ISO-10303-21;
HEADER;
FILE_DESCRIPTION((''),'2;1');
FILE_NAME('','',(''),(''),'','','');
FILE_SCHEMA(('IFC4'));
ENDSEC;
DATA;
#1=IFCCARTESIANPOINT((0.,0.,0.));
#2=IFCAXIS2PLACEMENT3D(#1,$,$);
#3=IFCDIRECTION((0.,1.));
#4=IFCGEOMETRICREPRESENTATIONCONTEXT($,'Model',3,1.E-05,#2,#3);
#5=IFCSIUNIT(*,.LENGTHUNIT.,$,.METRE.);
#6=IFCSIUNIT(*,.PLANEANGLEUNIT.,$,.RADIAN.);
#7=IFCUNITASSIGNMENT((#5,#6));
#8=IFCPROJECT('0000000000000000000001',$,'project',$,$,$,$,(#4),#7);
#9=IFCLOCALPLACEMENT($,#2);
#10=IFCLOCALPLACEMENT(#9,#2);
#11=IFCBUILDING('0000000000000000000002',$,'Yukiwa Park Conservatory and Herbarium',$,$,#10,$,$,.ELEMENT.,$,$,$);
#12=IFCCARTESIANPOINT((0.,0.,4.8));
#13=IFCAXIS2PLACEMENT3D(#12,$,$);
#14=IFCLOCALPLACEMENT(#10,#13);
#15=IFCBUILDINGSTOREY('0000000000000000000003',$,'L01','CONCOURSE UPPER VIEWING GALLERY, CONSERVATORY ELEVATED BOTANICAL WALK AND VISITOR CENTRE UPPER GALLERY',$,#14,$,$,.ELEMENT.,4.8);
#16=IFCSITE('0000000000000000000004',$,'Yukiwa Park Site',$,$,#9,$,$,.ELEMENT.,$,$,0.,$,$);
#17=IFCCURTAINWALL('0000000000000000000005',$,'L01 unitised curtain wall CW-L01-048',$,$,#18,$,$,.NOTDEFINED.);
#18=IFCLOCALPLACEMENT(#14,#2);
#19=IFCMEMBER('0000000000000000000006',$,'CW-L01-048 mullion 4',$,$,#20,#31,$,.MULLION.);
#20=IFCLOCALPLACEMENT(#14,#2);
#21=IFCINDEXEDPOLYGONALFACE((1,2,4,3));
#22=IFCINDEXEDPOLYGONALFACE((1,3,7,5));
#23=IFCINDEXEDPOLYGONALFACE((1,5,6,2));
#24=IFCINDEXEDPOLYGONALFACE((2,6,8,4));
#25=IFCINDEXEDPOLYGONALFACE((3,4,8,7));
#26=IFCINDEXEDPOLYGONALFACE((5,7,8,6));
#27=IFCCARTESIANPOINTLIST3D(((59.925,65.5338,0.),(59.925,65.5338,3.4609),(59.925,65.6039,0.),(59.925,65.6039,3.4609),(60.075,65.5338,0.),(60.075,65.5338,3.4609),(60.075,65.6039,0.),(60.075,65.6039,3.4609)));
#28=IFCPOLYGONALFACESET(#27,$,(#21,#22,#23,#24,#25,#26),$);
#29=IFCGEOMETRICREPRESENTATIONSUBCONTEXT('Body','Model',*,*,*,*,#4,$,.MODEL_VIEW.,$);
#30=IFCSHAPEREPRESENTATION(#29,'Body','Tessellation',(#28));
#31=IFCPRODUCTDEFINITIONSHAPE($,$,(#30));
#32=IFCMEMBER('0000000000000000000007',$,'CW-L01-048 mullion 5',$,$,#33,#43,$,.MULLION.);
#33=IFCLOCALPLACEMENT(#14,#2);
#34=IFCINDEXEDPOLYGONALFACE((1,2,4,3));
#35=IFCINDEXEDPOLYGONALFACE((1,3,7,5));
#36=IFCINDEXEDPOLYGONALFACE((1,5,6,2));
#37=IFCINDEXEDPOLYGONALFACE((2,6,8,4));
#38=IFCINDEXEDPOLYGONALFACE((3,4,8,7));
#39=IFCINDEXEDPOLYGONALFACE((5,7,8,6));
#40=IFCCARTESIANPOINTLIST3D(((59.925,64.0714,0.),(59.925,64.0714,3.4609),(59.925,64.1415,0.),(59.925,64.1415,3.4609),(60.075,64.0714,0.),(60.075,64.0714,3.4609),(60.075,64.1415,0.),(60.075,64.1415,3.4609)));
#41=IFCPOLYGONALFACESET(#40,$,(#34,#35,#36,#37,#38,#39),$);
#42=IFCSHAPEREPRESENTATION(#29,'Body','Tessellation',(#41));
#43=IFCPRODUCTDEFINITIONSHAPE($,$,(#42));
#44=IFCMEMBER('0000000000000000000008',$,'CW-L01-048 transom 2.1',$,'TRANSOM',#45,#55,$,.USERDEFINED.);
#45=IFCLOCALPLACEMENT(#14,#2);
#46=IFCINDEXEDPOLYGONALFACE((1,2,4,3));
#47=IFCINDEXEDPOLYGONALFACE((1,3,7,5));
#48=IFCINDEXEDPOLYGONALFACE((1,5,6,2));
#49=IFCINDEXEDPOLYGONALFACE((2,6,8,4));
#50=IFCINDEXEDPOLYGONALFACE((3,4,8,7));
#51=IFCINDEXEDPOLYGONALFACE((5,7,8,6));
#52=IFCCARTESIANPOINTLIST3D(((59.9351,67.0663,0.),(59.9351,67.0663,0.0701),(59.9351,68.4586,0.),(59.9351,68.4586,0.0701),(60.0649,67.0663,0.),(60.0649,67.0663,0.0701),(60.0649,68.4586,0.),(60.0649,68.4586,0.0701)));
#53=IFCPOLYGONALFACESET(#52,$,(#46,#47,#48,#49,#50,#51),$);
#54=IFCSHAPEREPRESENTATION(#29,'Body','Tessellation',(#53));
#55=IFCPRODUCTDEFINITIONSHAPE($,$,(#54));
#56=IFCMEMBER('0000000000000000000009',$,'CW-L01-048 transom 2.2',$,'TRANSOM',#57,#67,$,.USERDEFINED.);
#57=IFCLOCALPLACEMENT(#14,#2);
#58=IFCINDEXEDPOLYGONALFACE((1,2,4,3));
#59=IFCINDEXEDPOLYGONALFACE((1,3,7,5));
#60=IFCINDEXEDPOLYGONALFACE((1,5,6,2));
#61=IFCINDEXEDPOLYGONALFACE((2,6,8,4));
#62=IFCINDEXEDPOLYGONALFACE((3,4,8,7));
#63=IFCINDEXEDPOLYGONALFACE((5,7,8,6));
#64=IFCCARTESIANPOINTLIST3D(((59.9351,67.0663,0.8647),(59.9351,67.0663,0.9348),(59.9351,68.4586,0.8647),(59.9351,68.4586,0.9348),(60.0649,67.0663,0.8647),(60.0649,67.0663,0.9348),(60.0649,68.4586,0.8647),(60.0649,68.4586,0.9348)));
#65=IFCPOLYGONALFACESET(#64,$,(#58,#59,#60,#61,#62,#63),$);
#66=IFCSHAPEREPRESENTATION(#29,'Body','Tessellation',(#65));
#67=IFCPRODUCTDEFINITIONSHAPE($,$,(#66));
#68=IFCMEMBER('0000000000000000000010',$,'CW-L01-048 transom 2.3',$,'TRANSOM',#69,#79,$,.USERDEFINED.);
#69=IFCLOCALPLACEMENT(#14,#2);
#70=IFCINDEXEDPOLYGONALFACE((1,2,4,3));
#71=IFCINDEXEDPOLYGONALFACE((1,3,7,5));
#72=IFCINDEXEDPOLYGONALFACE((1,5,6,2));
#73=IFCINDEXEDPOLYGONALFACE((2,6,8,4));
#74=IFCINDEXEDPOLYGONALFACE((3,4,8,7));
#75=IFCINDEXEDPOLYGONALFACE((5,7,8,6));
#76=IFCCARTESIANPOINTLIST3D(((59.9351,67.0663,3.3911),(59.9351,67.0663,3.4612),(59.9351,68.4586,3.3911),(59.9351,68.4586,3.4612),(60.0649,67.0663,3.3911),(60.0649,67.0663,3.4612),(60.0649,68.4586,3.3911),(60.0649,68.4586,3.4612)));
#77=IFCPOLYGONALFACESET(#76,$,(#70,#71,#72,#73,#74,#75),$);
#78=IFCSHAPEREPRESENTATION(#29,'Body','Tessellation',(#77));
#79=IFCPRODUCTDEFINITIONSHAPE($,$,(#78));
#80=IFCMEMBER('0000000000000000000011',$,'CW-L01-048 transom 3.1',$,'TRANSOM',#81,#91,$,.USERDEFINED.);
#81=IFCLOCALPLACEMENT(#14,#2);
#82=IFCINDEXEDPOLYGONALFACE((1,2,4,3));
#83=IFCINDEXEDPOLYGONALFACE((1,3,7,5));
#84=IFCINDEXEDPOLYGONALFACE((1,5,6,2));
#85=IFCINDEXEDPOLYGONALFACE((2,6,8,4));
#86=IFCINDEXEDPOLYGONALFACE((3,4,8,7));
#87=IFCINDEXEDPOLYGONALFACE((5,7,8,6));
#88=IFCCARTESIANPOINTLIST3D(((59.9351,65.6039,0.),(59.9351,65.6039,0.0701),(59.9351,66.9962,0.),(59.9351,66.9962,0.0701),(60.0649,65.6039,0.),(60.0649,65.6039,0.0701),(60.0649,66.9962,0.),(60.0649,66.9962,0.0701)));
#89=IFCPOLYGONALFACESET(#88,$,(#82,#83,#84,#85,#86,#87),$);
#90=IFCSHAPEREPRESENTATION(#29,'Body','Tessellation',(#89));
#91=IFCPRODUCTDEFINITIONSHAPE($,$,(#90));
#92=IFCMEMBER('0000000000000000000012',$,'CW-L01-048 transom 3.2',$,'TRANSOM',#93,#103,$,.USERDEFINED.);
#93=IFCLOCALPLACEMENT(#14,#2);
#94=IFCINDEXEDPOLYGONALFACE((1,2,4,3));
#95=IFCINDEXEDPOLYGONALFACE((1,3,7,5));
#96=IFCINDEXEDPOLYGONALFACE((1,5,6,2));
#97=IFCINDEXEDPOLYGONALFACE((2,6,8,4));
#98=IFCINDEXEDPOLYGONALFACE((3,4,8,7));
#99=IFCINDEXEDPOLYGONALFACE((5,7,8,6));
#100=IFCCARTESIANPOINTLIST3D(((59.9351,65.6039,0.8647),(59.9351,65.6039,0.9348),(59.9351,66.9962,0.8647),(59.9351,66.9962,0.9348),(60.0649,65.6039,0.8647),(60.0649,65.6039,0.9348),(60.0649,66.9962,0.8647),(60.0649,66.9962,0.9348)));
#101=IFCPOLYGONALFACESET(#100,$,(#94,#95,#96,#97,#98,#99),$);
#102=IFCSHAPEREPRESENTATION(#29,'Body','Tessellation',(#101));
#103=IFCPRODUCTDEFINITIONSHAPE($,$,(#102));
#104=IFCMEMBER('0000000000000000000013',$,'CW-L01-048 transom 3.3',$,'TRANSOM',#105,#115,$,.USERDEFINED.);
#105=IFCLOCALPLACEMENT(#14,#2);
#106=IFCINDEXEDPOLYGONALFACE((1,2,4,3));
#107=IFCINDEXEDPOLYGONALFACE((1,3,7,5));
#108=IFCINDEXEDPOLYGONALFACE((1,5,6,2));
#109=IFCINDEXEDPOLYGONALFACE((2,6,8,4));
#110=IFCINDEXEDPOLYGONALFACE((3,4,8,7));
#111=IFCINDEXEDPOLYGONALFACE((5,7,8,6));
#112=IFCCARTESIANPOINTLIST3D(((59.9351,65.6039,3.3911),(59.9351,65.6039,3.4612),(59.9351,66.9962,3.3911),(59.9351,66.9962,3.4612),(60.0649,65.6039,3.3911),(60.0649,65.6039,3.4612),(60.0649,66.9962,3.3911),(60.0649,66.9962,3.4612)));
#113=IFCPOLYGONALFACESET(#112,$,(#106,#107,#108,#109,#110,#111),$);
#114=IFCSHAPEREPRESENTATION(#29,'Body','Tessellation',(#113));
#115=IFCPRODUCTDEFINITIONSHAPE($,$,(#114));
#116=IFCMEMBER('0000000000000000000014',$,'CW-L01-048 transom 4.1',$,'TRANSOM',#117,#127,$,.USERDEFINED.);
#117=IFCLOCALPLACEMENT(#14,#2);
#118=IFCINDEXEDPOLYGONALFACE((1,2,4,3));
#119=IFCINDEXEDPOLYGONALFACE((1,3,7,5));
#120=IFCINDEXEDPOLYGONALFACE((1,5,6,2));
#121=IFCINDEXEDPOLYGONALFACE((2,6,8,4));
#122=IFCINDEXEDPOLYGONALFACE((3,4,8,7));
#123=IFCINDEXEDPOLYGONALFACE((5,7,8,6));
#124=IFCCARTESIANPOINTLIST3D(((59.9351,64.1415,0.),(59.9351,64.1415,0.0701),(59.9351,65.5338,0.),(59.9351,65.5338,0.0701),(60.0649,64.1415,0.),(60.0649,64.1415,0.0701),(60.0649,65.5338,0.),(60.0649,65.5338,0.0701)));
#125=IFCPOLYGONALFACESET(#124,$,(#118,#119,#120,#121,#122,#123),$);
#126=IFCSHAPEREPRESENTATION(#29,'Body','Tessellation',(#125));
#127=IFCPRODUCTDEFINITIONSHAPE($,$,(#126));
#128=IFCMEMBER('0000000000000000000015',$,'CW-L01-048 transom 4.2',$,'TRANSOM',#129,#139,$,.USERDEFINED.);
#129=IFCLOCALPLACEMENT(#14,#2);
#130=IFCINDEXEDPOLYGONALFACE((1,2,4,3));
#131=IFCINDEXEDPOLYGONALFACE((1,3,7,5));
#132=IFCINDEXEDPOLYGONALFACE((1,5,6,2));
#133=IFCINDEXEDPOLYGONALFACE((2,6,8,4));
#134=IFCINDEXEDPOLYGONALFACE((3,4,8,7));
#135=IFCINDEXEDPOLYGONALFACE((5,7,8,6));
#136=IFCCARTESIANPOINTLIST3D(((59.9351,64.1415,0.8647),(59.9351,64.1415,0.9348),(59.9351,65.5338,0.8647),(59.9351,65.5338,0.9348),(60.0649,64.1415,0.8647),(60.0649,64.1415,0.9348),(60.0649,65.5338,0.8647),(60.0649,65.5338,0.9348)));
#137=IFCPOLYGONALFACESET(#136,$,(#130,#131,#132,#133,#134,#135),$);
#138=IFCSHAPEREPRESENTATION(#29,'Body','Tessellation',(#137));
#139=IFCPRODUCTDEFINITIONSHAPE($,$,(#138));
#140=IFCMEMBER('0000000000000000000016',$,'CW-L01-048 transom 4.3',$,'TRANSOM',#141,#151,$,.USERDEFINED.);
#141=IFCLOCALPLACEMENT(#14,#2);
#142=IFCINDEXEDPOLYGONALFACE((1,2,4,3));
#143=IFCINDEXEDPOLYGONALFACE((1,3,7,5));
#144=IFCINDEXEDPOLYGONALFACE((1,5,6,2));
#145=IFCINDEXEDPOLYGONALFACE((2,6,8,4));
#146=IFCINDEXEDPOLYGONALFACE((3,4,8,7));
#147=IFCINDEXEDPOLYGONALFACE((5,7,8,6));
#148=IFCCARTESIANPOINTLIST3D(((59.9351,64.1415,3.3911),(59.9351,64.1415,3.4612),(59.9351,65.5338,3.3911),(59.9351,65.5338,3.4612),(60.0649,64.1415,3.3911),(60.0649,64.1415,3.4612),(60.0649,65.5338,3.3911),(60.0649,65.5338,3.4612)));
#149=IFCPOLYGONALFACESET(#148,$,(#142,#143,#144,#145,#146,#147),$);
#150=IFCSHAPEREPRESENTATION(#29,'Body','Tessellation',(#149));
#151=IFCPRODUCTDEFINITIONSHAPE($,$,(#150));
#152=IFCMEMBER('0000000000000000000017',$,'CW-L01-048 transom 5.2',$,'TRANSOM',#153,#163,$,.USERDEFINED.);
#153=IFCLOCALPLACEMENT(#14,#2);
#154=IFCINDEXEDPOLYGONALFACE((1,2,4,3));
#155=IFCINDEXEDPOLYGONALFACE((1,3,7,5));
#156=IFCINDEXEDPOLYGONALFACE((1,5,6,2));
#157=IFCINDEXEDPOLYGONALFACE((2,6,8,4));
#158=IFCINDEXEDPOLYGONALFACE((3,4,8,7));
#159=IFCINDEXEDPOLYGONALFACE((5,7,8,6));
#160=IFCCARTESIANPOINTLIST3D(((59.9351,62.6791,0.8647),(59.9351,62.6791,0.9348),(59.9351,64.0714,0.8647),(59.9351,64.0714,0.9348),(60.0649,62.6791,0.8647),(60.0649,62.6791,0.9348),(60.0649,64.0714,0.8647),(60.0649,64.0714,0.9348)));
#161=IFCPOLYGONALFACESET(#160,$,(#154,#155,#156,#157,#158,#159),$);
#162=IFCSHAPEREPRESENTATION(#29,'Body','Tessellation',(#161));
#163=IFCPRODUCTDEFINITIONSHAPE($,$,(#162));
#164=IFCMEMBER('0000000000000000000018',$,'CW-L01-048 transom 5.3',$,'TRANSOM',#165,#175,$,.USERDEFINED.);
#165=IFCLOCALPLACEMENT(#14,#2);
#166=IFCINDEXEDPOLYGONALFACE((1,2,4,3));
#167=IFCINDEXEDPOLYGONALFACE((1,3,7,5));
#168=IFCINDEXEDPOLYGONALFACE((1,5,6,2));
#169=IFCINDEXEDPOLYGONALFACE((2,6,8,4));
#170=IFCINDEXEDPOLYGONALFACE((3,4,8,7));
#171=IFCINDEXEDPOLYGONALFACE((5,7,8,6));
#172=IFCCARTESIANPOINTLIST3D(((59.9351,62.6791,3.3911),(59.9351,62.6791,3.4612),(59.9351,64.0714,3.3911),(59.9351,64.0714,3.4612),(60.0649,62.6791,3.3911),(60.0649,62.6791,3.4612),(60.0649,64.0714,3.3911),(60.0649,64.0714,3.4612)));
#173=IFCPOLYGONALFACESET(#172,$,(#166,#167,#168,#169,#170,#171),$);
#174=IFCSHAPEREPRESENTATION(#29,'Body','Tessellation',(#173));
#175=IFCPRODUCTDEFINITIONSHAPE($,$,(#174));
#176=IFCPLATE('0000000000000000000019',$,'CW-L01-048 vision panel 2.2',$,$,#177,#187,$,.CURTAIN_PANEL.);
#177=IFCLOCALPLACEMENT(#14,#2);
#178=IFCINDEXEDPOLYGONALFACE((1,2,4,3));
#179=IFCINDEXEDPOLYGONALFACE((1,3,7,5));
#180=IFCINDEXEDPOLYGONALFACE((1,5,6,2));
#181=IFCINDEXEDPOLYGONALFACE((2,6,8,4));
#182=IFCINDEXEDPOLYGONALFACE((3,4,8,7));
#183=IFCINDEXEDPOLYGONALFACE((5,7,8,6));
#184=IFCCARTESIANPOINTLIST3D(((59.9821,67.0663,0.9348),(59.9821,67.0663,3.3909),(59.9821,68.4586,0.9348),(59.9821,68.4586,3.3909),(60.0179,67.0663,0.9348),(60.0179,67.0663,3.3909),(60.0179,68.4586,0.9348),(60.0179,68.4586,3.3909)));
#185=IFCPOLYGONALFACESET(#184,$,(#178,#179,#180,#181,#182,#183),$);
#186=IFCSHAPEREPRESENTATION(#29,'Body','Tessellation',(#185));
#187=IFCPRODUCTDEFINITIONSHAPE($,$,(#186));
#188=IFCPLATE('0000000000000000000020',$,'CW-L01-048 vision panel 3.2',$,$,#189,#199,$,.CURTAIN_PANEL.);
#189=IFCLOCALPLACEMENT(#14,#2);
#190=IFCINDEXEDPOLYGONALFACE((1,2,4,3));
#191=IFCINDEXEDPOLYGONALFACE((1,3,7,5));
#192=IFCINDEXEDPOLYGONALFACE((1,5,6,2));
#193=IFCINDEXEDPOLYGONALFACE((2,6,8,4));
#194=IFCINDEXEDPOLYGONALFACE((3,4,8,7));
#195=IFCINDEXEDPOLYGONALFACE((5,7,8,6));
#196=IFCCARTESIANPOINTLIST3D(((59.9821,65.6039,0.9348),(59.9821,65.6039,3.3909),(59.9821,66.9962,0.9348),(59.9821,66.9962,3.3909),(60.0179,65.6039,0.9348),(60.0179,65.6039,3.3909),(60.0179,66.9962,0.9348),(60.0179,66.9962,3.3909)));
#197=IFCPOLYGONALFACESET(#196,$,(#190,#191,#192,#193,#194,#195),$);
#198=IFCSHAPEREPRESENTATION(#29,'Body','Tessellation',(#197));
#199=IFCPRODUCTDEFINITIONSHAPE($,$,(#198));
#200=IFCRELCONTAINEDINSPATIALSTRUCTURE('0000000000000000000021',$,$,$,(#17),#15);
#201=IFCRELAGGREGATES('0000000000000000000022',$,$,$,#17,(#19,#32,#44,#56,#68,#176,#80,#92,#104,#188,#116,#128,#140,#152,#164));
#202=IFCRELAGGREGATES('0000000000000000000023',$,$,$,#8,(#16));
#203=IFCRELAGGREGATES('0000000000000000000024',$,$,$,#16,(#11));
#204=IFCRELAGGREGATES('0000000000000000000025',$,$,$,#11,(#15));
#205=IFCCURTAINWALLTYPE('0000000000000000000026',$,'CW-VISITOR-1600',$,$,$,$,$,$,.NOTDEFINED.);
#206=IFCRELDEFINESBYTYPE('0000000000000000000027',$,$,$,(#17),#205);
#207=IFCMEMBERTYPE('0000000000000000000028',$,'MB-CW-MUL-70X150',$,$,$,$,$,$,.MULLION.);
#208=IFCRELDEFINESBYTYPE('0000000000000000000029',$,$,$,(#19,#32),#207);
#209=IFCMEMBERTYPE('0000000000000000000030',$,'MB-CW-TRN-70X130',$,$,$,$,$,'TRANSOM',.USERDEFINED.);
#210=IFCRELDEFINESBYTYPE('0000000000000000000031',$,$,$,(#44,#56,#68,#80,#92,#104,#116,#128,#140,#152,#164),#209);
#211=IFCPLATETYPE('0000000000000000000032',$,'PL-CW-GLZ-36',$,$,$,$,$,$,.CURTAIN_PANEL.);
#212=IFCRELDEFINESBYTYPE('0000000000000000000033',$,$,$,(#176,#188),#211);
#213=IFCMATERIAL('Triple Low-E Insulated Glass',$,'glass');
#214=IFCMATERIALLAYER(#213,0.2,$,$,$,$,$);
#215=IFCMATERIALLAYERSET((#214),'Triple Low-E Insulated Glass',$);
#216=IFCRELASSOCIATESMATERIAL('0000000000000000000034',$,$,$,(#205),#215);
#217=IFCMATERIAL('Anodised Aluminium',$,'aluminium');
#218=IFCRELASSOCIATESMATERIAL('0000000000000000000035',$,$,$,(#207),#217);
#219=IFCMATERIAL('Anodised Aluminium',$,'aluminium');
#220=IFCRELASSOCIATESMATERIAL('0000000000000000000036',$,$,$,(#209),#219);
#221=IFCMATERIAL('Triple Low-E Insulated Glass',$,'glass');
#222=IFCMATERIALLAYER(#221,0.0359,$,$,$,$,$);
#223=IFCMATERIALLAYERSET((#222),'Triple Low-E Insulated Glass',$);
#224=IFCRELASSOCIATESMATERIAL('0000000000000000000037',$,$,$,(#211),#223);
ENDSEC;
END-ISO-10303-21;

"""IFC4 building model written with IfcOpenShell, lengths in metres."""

from ifc_helpers import new_model, si_unit, direction, frame, origin, origin_2d, place, context, subcontext, project, spatial, rectangle, extrude, material, layer, layer_set, type_object, element, aggregate, save


model = new_model("IFC4")

# Units and contexts
model_context = context("Model", 3, precision=1e-05, world=origin(), true_north=direction((0.0, 1.0)))
body_context = subcontext(model_context, "Body", "Model", "MODEL_VIEW")
ifc_project = project(units=[si_unit("LENGTHUNIT", "METRE"), si_unit("PLANEANGLEUNIT", "RADIAN")], contexts=[model_context])

# Site, building, storey
site_placement = place(None, origin())
site = spatial("IfcSite", under=ifc_project, at=site_placement, Name="Yukiwa Park Site", CompositionType="ELEMENT", RefElevation=0.0)
building_placement = place(site_placement, origin())
building = spatial("IfcBuilding", under=site, at=building_placement, Name="Yukiwa Park Conservatory and Herbarium", CompositionType="ELEMENT")
storey_placement = place(building_placement, frame((0.0, 0.0, 4.8)))
storey = spatial("IfcBuildingStorey", under=building, at=storey_placement, Name="L01", Description="CONCOURSE UPPER VIEWING GALLERY, CONSERVATORY ELEVATED BOTANICAL WALK AND VISITOR CENTRE UPPER GALLERY", CompositionType="ELEMENT", Elevation=4.8)

# Curtain wall, members, plates
ifc_material_1 = material(Name="Triple Low-E Insulated Glass", Category="glass")
ifc_layer_1 = layer(ifc_material_1, 0.2)
ifc_layer_set_1 = layer_set([ifc_layer_1], Name="Triple Low-E Insulated Glass")
curtain_wall_type = type_object("IfcCurtainWallType", Name="CW-VISITOR-1600", PredefinedType="NOTDEFINED", material=ifc_layer_set_1)
curtain_wall_placement = place(storey_placement, origin())
curtain_wall = element("IfcCurtainWall", 1, at=curtain_wall_placement, inside=storey, type_object=curtain_wall_type, Name="L01 unitised curtain wall CW-L01-048", PredefinedType="NOTDEFINED")
ifc_material_2 = material(Name="Anodised Aluminium", Category="aluminium")
member_type_1 = type_object("IfcMemberType", Name="MB-CW-MUL-70X150", PredefinedType="MULLION", material=ifc_material_2)
member_1_placement = place(storey_placement, frame((60.0, 65.5688, 0.0), z_axis=(0.0, 0.0, 1.0), x_axis=(0.0, -1.0, 0.0)))
member_1 = element("IfcMember", 2, at=member_1_placement, type_object=member_type_1, Name="CW-L01-048 mullion 4", PredefinedType="MULLION", context=body_context, shape_type="SweptSolid", body=[
    extrude(rectangle(XDim=0.0701, YDim=0.1499, at=origin_2d()), origin(), (0.0, 0.0, 1.0), 3.4609),
])
member_2_placement = place(storey_placement, frame((60.0, 64.1064, 0.0), z_axis=(0.0, 0.0, 1.0), x_axis=(0.0, -1.0, 0.0)))
member_2 = element("IfcMember", 3, at=member_2_placement, type_object=member_type_1, Name="CW-L01-048 mullion 5", PredefinedType="MULLION", context=body_context, shape_type="SweptSolid", body=[
    extrude(rectangle(XDim=0.0701, YDim=0.1499, at=origin_2d()), origin(), (0.0, 0.0, 1.0), 3.4609),
])
ifc_material_3 = material(Name="Anodised Aluminium", Category="aluminium")
member_type_2 = type_object("IfcMemberType", Name="MB-CW-TRN-70X130", ElementType="TRANSOM", PredefinedType="USERDEFINED", material=ifc_material_3)
member_3_placement = place(storey_placement, frame((60.0, 67.7625, 0.0), z_axis=(0.0, 0.0, 1.0), x_axis=(0.0, -1.0, 0.0)))
member_3 = element("IfcMember", 4, at=member_3_placement, type_object=member_type_2, Name="CW-L01-048 transom 2.1", ObjectType="TRANSOM", PredefinedType="USERDEFINED", context=body_context, shape_type="SweptSolid", body=[
    extrude(rectangle(XDim=1.3923, YDim=0.1299, at=origin_2d()), origin(), (0.0, 0.0, 1.0), 0.0701),
])
member_4_placement = place(storey_placement, frame((60.0, 67.7625, 0.8647), z_axis=(0.0, 0.0, 1.0), x_axis=(0.0, -1.0, 0.0)))
member_4 = element("IfcMember", 5, at=member_4_placement, type_object=member_type_2, Name="CW-L01-048 transom 2.2", ObjectType="TRANSOM", PredefinedType="USERDEFINED", context=body_context, shape_type="SweptSolid", body=[
    extrude(rectangle(XDim=1.3923, YDim=0.1299, at=origin_2d()), origin(), (0.0, 0.0, 1.0), 0.0701),
])
member_5_placement = place(storey_placement, frame((60.0, 67.7625, 3.3911), z_axis=(0.0, 0.0, 1.0), x_axis=(0.0, -1.0, 0.0)))
member_5 = element("IfcMember", 6, at=member_5_placement, type_object=member_type_2, Name="CW-L01-048 transom 2.3", ObjectType="TRANSOM", PredefinedType="USERDEFINED", context=body_context, shape_type="SweptSolid", body=[
    extrude(rectangle(XDim=1.3923, YDim=0.1299, at=origin_2d()), origin(), (0.0, 0.0, 1.0), 0.0701),
])
member_6_placement = place(storey_placement, frame((60.0, 66.3, 0.0), z_axis=(0.0, 0.0, 1.0), x_axis=(0.0, -1.0, 0.0)))
member_6 = element("IfcMember", 7, at=member_6_placement, type_object=member_type_2, Name="CW-L01-048 transom 3.1", ObjectType="TRANSOM", PredefinedType="USERDEFINED", context=body_context, shape_type="SweptSolid", body=[
    extrude(rectangle(XDim=1.3923, YDim=0.1299, at=origin_2d()), origin(), (0.0, 0.0, 1.0), 0.0701),
])
member_7_placement = place(storey_placement, frame((60.0, 66.3, 0.8647), z_axis=(0.0, 0.0, 1.0), x_axis=(0.0, -1.0, 0.0)))
member_7 = element("IfcMember", 8, at=member_7_placement, type_object=member_type_2, Name="CW-L01-048 transom 3.2", ObjectType="TRANSOM", PredefinedType="USERDEFINED", context=body_context, shape_type="SweptSolid", body=[
    extrude(rectangle(XDim=1.3923, YDim=0.1299, at=origin_2d()), origin(), (0.0, 0.0, 1.0), 0.0701),
])
member_8_placement = place(storey_placement, frame((60.0, 66.3, 3.3911), z_axis=(0.0, 0.0, 1.0), x_axis=(0.0, -1.0, 0.0)))
member_8 = element("IfcMember", 9, at=member_8_placement, type_object=member_type_2, Name="CW-L01-048 transom 3.3", ObjectType="TRANSOM", PredefinedType="USERDEFINED", context=body_context, shape_type="SweptSolid", body=[
    extrude(rectangle(XDim=1.3923, YDim=0.1299, at=origin_2d()), origin(), (0.0, 0.0, 1.0), 0.0701),
])
member_9_placement = place(storey_placement, frame((60.0, 64.8376, 0.0), z_axis=(0.0, 0.0, 1.0), x_axis=(0.0, -1.0, 0.0)))
member_9 = element("IfcMember", 10, at=member_9_placement, type_object=member_type_2, Name="CW-L01-048 transom 4.1", ObjectType="TRANSOM", PredefinedType="USERDEFINED", context=body_context, shape_type="SweptSolid", body=[
    extrude(rectangle(XDim=1.3923, YDim=0.1299, at=origin_2d()), origin(), (0.0, 0.0, 1.0), 0.0701),
])
member_10_placement = place(storey_placement, frame((60.0, 64.8376, 0.8647), z_axis=(0.0, 0.0, 1.0), x_axis=(0.0, -1.0, 0.0)))
member_10 = element("IfcMember", 11, at=member_10_placement, type_object=member_type_2, Name="CW-L01-048 transom 4.2", ObjectType="TRANSOM", PredefinedType="USERDEFINED", context=body_context, shape_type="SweptSolid", body=[
    extrude(rectangle(XDim=1.3923, YDim=0.1299, at=origin_2d()), origin(), (0.0, 0.0, 1.0), 0.0701),
])
member_11_placement = place(storey_placement, frame((60.0, 64.8376, 3.3911), z_axis=(0.0, 0.0, 1.0), x_axis=(0.0, -1.0, 0.0)))
member_11 = element("IfcMember", 12, at=member_11_placement, type_object=member_type_2, Name="CW-L01-048 transom 4.3", ObjectType="TRANSOM", PredefinedType="USERDEFINED", context=body_context, shape_type="SweptSolid", body=[
    extrude(rectangle(XDim=1.3923, YDim=0.1299, at=origin_2d()), origin(), (0.0, 0.0, 1.0), 0.0701),
])
member_12_placement = place(storey_placement, frame((60.0, 63.3752, 0.8647), z_axis=(0.0, 0.0, 1.0), x_axis=(0.0, -1.0, 0.0)))
member_12 = element("IfcMember", 13, at=member_12_placement, type_object=member_type_2, Name="CW-L01-048 transom 5.2", ObjectType="TRANSOM", PredefinedType="USERDEFINED", context=body_context, shape_type="SweptSolid", body=[
    extrude(rectangle(XDim=1.3923, YDim=0.1299, at=origin_2d()), origin(), (0.0, 0.0, 1.0), 0.0701),
])
member_13_placement = place(storey_placement, frame((60.0, 63.3752, 3.3911), z_axis=(0.0, 0.0, 1.0), x_axis=(0.0, -1.0, 0.0)))
member_13 = element("IfcMember", 14, at=member_13_placement, type_object=member_type_2, Name="CW-L01-048 transom 5.3", ObjectType="TRANSOM", PredefinedType="USERDEFINED", context=body_context, shape_type="SweptSolid", body=[
    extrude(rectangle(XDim=1.3923, YDim=0.1299, at=origin_2d()), origin(), (0.0, 0.0, 1.0), 0.0701),
])
ifc_material_4 = material(Name="Triple Low-E Insulated Glass", Category="glass")
ifc_layer_2 = layer(ifc_material_4, 0.0359)
ifc_layer_set_2 = layer_set([ifc_layer_2], Name="Triple Low-E Insulated Glass")
plate_type_1 = type_object("IfcPlateType", Name="PL-CW-GLZ-36", PredefinedType="CURTAIN_PANEL", material=ifc_layer_set_2)
plate_1_placement = place(storey_placement, frame((60.0, 67.7625, 0.9348), z_axis=(0.0, 0.0, 1.0), x_axis=(0.0, -1.0, 0.0)))
plate_1 = element("IfcPlate", 15, at=plate_1_placement, type_object=plate_type_1, Name="CW-L01-048 vision panel 2.2", PredefinedType="CURTAIN_PANEL", context=body_context, shape_type="SweptSolid", body=[
    extrude(rectangle(XDim=1.3923, YDim=0.0359, at=origin_2d()), origin(), (0.0, 0.0, 1.0), 2.4561),
])
plate_2_placement = place(storey_placement, frame((60.0, 66.3, 0.9348), z_axis=(0.0, 0.0, 1.0), x_axis=(0.0, -1.0, 0.0)))
plate_2 = element("IfcPlate", 16, at=plate_2_placement, type_object=plate_type_1, Name="CW-L01-048 vision panel 3.2", PredefinedType="CURTAIN_PANEL", context=body_context, shape_type="SweptSolid", body=[
    extrude(rectangle(XDim=1.3923, YDim=0.0359, at=origin_2d()), origin(), (0.0, 0.0, 1.0), 2.4561),
])
aggregate(curtain_wall, [member_1, member_2, member_3, member_4, member_5, plate_1, member_6, member_7, member_8, plate_2, member_9, member_10, member_11, member_12, member_13])

save(model, "model.ifc")
